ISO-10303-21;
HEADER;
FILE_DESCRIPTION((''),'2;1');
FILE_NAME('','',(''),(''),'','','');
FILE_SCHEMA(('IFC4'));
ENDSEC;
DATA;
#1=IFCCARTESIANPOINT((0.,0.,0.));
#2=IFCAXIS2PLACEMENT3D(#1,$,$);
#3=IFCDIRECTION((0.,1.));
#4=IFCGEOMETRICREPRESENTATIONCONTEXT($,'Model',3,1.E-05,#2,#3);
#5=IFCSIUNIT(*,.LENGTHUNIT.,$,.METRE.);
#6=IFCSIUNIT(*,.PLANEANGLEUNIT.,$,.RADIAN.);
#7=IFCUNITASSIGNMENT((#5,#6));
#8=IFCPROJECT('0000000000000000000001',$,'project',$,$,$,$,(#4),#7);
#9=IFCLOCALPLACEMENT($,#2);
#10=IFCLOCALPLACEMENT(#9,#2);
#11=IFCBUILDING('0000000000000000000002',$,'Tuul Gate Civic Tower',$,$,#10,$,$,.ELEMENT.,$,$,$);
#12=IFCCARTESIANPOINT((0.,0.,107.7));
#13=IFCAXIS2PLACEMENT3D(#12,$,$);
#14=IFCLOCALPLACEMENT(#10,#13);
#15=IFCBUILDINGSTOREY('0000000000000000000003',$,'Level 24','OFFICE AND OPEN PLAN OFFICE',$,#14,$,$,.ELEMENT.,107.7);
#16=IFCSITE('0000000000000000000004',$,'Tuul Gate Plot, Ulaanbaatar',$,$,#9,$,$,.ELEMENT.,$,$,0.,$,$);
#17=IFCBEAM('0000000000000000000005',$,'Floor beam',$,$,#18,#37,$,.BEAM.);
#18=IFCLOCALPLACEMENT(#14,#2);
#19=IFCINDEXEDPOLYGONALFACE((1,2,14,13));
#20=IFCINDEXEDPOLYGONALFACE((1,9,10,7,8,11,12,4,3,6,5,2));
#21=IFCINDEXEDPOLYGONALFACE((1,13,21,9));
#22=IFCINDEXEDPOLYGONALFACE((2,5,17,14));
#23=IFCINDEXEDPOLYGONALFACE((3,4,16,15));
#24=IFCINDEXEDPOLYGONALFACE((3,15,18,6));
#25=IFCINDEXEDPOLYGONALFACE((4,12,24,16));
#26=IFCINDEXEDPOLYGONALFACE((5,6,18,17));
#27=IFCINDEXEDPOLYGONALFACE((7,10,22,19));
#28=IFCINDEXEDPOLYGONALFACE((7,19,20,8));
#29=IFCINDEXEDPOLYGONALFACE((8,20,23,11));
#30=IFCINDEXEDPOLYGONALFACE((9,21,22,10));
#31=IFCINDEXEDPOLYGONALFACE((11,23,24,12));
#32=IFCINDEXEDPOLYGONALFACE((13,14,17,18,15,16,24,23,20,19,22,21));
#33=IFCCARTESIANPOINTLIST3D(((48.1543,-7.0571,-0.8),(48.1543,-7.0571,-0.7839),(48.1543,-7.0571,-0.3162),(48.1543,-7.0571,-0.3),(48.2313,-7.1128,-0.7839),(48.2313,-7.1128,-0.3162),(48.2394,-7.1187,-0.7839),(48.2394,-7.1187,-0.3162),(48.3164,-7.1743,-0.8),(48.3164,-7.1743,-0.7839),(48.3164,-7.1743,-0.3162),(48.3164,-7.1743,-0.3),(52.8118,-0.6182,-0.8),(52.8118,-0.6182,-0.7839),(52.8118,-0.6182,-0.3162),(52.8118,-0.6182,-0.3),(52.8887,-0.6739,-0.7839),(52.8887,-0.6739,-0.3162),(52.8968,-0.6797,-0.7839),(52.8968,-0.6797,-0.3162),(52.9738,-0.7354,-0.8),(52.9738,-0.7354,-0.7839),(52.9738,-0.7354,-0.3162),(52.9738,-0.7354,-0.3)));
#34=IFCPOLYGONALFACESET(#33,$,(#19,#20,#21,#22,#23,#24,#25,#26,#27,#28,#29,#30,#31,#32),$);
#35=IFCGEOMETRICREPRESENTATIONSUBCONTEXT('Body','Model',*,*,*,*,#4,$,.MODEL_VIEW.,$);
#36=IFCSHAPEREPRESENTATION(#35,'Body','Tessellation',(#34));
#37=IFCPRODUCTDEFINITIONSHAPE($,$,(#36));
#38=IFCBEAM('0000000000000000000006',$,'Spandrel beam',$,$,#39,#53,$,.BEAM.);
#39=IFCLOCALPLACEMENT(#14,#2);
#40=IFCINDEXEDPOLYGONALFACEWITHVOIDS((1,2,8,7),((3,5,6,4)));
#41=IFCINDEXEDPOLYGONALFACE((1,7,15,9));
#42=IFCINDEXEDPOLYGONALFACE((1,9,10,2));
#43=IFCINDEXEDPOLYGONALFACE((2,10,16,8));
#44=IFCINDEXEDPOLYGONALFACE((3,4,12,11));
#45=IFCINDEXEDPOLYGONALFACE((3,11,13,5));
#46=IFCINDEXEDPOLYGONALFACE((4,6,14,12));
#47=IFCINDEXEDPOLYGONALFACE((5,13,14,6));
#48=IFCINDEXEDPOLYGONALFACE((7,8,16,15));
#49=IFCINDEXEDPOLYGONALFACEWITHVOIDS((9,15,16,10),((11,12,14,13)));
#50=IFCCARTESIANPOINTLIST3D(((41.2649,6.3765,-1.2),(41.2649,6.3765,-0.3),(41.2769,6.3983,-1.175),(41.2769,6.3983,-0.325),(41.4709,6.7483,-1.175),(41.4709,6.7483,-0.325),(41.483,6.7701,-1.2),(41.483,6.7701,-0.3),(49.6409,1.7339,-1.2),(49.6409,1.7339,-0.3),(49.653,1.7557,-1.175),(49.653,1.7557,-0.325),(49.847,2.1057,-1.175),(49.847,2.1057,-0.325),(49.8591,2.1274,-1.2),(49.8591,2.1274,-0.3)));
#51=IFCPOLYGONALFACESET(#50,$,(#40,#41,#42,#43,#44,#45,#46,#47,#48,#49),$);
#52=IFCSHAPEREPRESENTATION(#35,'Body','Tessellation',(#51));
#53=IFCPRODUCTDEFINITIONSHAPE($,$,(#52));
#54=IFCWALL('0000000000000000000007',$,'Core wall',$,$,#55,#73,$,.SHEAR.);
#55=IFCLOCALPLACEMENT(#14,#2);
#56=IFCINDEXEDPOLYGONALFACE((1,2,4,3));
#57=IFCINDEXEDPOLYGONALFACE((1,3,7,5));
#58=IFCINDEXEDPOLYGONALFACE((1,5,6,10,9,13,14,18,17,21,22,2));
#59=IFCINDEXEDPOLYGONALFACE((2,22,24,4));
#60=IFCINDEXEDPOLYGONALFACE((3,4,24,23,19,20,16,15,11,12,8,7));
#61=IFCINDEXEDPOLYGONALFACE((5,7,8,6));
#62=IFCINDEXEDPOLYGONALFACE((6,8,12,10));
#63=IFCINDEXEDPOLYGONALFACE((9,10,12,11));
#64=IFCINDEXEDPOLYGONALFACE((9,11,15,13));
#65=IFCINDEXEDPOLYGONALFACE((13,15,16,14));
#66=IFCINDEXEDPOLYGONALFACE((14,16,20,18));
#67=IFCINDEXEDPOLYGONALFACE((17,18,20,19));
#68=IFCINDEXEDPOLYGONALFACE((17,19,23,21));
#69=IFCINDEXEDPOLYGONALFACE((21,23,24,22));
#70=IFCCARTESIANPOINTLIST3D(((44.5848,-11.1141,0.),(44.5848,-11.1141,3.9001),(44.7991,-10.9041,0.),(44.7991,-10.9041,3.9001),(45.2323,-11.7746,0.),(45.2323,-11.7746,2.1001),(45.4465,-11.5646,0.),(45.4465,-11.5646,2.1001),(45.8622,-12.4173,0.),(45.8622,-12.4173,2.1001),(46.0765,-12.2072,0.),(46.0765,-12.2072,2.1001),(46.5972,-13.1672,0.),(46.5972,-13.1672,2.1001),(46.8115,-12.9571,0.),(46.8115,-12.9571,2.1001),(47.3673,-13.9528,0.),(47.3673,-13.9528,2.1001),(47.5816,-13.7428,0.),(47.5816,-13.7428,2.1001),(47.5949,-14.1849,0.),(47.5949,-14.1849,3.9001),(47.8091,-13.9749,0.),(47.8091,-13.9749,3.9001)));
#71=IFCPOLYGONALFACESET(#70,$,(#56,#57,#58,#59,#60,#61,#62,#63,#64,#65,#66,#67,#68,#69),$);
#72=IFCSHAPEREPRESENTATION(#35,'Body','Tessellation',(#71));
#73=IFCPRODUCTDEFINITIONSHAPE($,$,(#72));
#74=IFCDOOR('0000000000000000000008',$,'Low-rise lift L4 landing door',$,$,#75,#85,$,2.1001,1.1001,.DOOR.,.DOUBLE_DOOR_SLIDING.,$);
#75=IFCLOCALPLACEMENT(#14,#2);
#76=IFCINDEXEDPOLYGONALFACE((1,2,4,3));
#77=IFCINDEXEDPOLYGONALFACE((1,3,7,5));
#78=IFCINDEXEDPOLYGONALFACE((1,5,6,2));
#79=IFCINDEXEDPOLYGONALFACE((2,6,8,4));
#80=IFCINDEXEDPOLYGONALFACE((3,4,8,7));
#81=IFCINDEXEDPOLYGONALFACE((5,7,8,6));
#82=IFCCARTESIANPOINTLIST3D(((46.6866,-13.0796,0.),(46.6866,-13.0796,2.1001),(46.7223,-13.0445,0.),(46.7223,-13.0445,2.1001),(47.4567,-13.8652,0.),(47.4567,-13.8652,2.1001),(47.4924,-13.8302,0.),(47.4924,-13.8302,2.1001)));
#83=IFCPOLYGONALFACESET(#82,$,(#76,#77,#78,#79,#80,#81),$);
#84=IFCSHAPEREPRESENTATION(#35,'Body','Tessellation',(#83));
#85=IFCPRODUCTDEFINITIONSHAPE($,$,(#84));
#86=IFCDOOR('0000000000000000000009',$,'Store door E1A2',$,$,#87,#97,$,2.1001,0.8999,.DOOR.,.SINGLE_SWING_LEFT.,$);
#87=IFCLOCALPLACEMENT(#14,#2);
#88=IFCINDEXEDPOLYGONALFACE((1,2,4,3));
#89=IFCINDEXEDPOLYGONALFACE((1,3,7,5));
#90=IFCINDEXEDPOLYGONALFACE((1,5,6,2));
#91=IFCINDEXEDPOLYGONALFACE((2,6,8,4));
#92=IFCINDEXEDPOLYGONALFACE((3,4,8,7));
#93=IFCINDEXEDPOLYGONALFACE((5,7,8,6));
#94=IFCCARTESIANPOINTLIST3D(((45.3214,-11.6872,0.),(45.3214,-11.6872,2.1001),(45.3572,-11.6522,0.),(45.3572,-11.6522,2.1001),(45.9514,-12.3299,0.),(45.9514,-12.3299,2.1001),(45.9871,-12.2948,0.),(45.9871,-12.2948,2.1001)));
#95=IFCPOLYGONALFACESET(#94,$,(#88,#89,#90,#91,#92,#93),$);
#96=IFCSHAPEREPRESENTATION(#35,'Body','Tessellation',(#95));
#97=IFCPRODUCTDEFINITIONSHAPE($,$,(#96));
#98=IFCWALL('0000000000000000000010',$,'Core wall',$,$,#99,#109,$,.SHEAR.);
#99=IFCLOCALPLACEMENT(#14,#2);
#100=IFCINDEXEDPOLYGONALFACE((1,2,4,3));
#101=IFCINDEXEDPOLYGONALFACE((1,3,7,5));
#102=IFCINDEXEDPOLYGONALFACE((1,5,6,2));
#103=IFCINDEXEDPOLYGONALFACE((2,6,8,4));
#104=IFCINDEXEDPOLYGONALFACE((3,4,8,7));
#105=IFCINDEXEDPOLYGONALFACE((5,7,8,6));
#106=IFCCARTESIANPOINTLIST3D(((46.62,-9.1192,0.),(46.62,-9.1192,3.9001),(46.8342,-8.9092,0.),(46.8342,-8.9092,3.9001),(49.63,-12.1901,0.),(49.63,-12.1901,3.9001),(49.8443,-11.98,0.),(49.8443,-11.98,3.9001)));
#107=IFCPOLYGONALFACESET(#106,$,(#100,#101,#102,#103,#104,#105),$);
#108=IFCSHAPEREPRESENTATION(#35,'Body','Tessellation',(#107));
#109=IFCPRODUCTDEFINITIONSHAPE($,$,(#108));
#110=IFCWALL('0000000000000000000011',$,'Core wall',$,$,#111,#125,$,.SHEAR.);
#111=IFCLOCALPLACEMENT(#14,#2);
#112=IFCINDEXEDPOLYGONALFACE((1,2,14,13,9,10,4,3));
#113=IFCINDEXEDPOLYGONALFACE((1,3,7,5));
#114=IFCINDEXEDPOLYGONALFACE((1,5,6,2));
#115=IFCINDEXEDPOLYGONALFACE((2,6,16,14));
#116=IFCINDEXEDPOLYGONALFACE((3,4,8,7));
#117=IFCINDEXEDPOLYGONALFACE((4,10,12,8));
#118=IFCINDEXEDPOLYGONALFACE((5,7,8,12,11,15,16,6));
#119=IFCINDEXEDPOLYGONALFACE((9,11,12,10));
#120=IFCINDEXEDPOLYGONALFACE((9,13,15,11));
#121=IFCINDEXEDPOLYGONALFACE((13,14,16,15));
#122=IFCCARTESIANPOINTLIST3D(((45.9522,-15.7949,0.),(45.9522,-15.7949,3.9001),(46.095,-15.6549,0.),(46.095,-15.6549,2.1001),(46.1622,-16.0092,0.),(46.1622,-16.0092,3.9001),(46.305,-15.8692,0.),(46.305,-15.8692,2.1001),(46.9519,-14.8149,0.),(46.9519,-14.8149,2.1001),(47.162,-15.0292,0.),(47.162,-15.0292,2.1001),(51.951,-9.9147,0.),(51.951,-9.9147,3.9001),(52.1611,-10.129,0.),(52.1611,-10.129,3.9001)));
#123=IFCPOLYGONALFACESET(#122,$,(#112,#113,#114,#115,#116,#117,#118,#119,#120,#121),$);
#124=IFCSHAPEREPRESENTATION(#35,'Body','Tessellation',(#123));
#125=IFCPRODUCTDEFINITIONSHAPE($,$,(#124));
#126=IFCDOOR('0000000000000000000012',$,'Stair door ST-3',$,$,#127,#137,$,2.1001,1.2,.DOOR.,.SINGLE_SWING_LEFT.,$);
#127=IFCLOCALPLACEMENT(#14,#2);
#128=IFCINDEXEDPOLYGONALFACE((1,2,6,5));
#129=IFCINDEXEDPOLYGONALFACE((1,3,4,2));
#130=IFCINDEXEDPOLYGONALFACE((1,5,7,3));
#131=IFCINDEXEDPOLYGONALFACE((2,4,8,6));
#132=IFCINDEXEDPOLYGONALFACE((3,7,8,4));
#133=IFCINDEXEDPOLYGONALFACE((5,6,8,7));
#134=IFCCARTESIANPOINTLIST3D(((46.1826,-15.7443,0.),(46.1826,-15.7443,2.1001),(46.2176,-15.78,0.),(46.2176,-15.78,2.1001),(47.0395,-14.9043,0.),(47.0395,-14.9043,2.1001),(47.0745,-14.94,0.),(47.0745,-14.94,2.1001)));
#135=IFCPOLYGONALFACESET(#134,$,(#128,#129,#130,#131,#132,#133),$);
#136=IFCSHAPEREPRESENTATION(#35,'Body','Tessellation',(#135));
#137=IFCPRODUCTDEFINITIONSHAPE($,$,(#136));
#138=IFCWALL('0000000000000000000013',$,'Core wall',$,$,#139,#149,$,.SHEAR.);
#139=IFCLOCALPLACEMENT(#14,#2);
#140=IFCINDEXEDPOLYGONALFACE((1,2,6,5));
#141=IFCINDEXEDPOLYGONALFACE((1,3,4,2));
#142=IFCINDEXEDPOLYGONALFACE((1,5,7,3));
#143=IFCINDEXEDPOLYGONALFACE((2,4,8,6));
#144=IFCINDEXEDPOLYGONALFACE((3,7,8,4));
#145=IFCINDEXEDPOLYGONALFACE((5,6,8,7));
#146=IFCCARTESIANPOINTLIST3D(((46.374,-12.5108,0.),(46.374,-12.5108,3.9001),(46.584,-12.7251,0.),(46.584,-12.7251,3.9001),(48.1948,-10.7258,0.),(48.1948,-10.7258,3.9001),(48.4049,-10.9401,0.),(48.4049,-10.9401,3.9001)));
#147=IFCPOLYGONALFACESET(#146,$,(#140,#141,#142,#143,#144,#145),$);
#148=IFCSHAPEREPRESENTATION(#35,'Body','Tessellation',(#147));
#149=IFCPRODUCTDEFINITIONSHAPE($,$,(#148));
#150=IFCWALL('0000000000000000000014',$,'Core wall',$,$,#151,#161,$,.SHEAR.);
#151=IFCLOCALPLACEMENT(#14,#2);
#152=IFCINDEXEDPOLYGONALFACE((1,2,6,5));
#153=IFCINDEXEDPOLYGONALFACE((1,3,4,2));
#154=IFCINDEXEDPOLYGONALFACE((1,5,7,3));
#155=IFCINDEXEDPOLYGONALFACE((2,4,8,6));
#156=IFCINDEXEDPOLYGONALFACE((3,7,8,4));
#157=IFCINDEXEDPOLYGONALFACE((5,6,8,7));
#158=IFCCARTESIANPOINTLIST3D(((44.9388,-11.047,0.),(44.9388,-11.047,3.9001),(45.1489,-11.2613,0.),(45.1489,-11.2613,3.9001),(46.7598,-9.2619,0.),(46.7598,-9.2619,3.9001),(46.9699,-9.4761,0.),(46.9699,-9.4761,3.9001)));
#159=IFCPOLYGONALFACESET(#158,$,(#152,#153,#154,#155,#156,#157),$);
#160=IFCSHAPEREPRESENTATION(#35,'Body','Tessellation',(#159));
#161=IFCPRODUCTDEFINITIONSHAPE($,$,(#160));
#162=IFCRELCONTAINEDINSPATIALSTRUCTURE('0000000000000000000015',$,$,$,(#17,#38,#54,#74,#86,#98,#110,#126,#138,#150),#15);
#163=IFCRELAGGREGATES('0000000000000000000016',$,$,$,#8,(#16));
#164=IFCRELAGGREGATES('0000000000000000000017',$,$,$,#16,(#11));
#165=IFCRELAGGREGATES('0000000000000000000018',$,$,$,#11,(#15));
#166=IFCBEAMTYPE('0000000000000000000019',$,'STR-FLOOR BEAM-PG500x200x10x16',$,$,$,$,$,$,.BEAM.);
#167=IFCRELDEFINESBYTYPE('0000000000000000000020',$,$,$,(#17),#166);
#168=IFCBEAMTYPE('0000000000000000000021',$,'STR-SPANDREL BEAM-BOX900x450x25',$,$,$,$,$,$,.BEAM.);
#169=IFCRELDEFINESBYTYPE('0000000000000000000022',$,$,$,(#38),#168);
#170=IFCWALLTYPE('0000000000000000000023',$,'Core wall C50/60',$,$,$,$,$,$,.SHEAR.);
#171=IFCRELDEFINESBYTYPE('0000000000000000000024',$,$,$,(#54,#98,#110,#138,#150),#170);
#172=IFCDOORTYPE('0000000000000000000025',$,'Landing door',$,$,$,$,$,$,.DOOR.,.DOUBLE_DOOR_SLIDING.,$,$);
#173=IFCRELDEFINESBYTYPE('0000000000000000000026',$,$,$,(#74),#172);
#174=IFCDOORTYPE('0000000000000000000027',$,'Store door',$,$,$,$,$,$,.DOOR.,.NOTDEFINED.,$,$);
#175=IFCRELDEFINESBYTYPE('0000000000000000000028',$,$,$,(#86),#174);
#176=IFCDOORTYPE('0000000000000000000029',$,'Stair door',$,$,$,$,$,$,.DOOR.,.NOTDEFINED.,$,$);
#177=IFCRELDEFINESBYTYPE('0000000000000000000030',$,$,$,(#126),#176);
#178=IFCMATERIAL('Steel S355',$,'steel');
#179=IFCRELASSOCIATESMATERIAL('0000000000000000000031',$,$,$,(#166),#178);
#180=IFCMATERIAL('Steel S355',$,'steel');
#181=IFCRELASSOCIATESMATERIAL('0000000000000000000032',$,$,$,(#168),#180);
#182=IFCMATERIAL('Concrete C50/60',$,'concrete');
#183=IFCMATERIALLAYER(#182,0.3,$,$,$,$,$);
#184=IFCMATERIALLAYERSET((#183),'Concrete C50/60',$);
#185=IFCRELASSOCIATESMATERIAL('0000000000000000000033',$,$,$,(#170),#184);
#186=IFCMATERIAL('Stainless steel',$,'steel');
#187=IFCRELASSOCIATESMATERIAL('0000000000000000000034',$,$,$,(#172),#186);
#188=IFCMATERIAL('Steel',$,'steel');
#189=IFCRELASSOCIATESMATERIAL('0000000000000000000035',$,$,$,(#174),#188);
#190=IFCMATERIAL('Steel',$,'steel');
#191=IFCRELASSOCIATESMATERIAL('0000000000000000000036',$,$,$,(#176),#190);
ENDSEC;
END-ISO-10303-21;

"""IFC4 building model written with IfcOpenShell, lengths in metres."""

from ifc_helpers import new_model, si_unit, direction, frame, frame_2d, origin, origin_2d, place, context, subcontext, project, spatial, rectangle, hollow_rectangle, i_section, extrude, material, layer, layer_set, material_profile, profile_set, type_object, element, fill, save


model = new_model("IFC4")

# Units and contexts
model_context = context("Model", 3, precision=1e-05, world=origin(), true_north=direction((0.0, 1.0)))
body_context = subcontext(model_context, "Body", "Model", "MODEL_VIEW")
ifc_project = project(units=[si_unit("LENGTHUNIT", "METRE"), si_unit("PLANEANGLEUNIT", "RADIAN")], contexts=[model_context])

# Site, building, storey
site_placement = place(None, origin())
site = spatial("IfcSite", under=ifc_project, at=site_placement, Name="Tuul Gate Plot, Ulaanbaatar", CompositionType="ELEMENT", RefElevation=0.0)
building_placement = place(site_placement, origin())
building = spatial("IfcBuilding", under=site, at=building_placement, Name="Tuul Gate Civic Tower", CompositionType="ELEMENT")
storey_placement = place(building_placement, frame((0.0, 0.0, 107.7)))
storey = spatial("IfcBuildingStorey", under=building, at=storey_placement, Name="Level 24", Description="OFFICE AND OPEN PLAN OFFICE", CompositionType="ELEMENT", Elevation=107.7)

# Beams
ifc_material_1 = material(Name="Steel S355", Category="steel")
ifc_material_profile_1 = material_profile(ifc_material_1, i_section(OverallWidth=0.2, OverallDepth=0.5, WebThickness=0.01, FlangeThickness=0.0161, at=origin_2d()), Name="PG500x200x10x16")
ifc_profile_set_1 = profile_set([ifc_material_profile_1], Name="Steel S355")
beam_type_1 = type_object("IfcBeamType", Name="STR-FLOOR BEAM-PG500x200x10x16", PredefinedType="BEAM", material=ifc_profile_set_1)
beam_1_placement = place(storey_placement, frame((48.2354, -7.1157, -0.55), z_axis=(0.586078, 0.810255, 0.0), x_axis=(-0.810255, 0.586078, 0.0)))
element("IfcBeam", 1, at=beam_1_placement, inside=storey, type_object=beam_type_1, Name="Floor beam", PredefinedType="BEAM", context=body_context, shape_type="SweptSolid", body=[
    extrude(i_section(OverallWidth=0.2, OverallDepth=0.5, WebThickness=0.01, FlangeThickness=0.0161, at=origin_2d()), origin(), (0.0, 0.0, 1.0), 7.9468),
])
ifc_material_2 = material(Name="Steel S355", Category="steel")
ifc_material_profile_2 = material_profile(ifc_material_2, hollow_rectangle(XDim=0.45, YDim=0.8999, WallThickness=0.0249, at=origin_2d()), Name="BOX900x450x25")
ifc_profile_set_2 = profile_set([ifc_material_profile_2], Name="Steel S355")
beam_type_2 = type_object("IfcBeamType", Name="STR-SPANDREL BEAM-BOX900x450x25", PredefinedType="BEAM", material=ifc_profile_set_2)
beam_2_placement = place(storey_placement, frame((49.75, 1.9307, -0.75), z_axis=(-0.874633, 0.484786, 0.0), x_axis=(-0.484786, -0.874633, 0.0)))
element("IfcBeam", 2, at=beam_2_placement, inside=storey, type_object=beam_type_2, Name="Spandrel beam", PredefinedType="BEAM", context=body_context, shape_type="SweptSolid", body=[
    extrude(hollow_rectangle(XDim=0.45, YDim=0.8999, WallThickness=0.0249, at=origin_2d()), origin(), (0.0, 0.0, 1.0), 9.5767),
])

# Wall, openings, doors
ifc_material_3 = material(Name="Concrete C50/60", Category="concrete")
ifc_layer_1 = layer(ifc_material_3, 0.3)
ifc_layer_set_1 = layer_set([ifc_layer_1], Name="Concrete C50/60")
wall_type_1 = type_object("IfcWallType", Name="Core wall C50/60", PredefinedType="SHEAR", material=ifc_layer_set_1)
wall_1_placement = place(storey_placement, frame((47.7019, -14.0798, 0.0), z_axis=(0.0, 0.0, 1.0), x_axis=(-0.700003, 0.71414, 0.0)))
wall_1 = element("IfcWall", 3, at=wall_1_placement, inside=storey, type_object=wall_type_1, Name="Core wall", PredefinedType="SHEAR", context=body_context, shape_type="SweptSolid", body=[
    extrude(rectangle(XDim=4.3, YDim=0.3, at=frame_2d((2.1499, 0.0))), origin(), (0.0, 0.0, 1.0), 3.9001),
])
opening_1_placement = place(wall_1_placement, frame((0.325, 0.0, 0.0)))
opening_1 = element("IfcOpeningElement", 4, at=opening_1_placement, cuts=wall_1, PredefinedType="OPENING", context=body_context, shape_type="SweptSolid", body=[
    extrude(rectangle(XDim=1.1001, YDim=2.1001, at=frame_2d((0.55, 1.05))), frame((0.0, 0.1602, 0.0), z_axis=(0.0, -1.0, 0.0), x_axis=(1.0, 0.0, 0.0)), (0.0, 0.0, 1.0), 0.3201),
])
opening_2_placement = place(wall_1_placement, frame((2.4751, 0.0, 0.0)))
opening_2 = element("IfcOpeningElement", 5, at=opening_2_placement, cuts=wall_1, PredefinedType="OPENING", context=body_context, shape_type="SweptSolid", body=[
    extrude(rectangle(XDim=0.8999, YDim=2.1001, at=frame_2d((0.45, 1.05))), frame((0.0, 0.1602, 0.0), z_axis=(0.0, -1.0, 0.0), x_axis=(1.0, 0.0, 0.0)), (0.0, 0.0, 1.0), 0.3201),
])
ifc_material_4 = material(Name="Stainless steel", Category="steel")
door_type_1 = type_object("IfcDoorType", Name="Landing door", OperationType="DOUBLE_DOOR_SLIDING", PredefinedType="DOOR", material=ifc_material_4)
door_1_placement = place(opening_1_placement, origin())
door_1 = element("IfcDoor", 6, at=door_1_placement, inside=storey, type_object=door_type_1, Name="Low-rise lift L4 landing door", OperationType="DOUBLE_DOOR_SLIDING", OverallHeight=2.1001, OverallWidth=1.1001, PredefinedType="DOOR", context=body_context, shape_type="SweptSolid", body=[
    extrude(rectangle(XDim=1.1001, YDim=2.1001, at=frame_2d((0.55, 1.05))), frame((0.0, 0.0249, 0.0), z_axis=(0.0, -1.0, 0.0), x_axis=(1.0, 0.0, 0.0)), (0.0, 0.0, 1.0), 0.05),
])
fill(opening_1, door_1)
ifc_material_5 = material(Name="Steel", Category="steel")
door_type_2 = type_object("IfcDoorType", Name="Store door", OperationType="NOTDEFINED", PredefinedType="DOOR", material=ifc_material_5)
door_2_placement = place(opening_2_placement, frame((0.8999, 0.0, 0.0), z_axis=(0.0, 0.0, 1.0), x_axis=(-1.0, 0.0, 0.0)))
door_2 = element("IfcDoor", 7, at=door_2_placement, inside=storey, type_object=door_type_2, Name="Store door E1A2", OperationType="SINGLE_SWING_LEFT", OverallHeight=2.1001, OverallWidth=0.8999, PredefinedType="DOOR", context=body_context, shape_type="SweptSolid", body=[
    extrude(rectangle(XDim=0.8999, YDim=2.1001, at=frame_2d((0.45, 1.05))), frame((0.0, 0.0249, 0.0), z_axis=(0.0, -1.0, 0.0), x_axis=(1.0, 0.0, 0.0)), (0.0, 0.0, 1.0), 0.05),
])
fill(opening_2, door_2)

# Wall
wall_2_placement = place(storey_placement, frame((49.7371, -12.085, 0.0), z_axis=(0.0, 0.0, 1.0), x_axis=(-0.700003, 0.71414, 0.0)))
element("IfcWall", 8, at=wall_2_placement, inside=storey, type_object=wall_type_1, Name="Core wall", PredefinedType="SHEAR", context=body_context, shape_type="SweptSolid", body=[
    extrude(rectangle(XDim=4.3, YDim=0.3, at=frame_2d((2.1499, 0.0))), origin(), (0.0, 0.0, 1.0), 3.9001),
])

# Wall, opening, door
wall_3_placement = place(storey_placement, frame((46.0571, -15.9021, 0.0), z_axis=(0.0, 0.0, 1.0), x_axis=(0.714134, 0.700009, 0.0)))
wall_3 = element("IfcWall", 9, at=wall_3_placement, inside=storey, type_object=wall_type_1, Name="Core wall", PredefinedType="SHEAR", context=body_context, shape_type="SweptSolid", body=[
    extrude(rectangle(XDim=8.4001, YDim=0.3, at=frame_2d((4.2002, 0.0))), origin(), (0.0, 0.0, 1.0), 3.9001),
])
opening_3_placement = place(wall_3_placement, frame((0.2, 0.0, 0.0)))
opening_3 = element("IfcOpeningElement", 10, at=opening_3_placement, cuts=wall_3, PredefinedType="OPENING", context=body_context, shape_type="SweptSolid", body=[
    extrude(rectangle(XDim=1.2, YDim=2.1001, at=frame_2d((0.6001, 1.05))), frame((0.0, 0.1602, 0.0), z_axis=(0.0, -1.0, 0.0), x_axis=(1.0, 0.0, 0.0)), (0.0, 0.0, 1.0), 0.3201),
])
ifc_material_6 = material(Name="Steel", Category="steel")
door_type_3 = type_object("IfcDoorType", Name="Stair door", OperationType="NOTDEFINED", PredefinedType="DOOR", material=ifc_material_6)
door_3_placement = place(opening_3_placement, origin())
door_3 = element("IfcDoor", 11, at=door_3_placement, inside=storey, type_object=door_type_3, Name="Stair door ST-3", OperationType="SINGLE_SWING_LEFT", OverallHeight=2.1001, OverallWidth=1.2, PredefinedType="DOOR", context=body_context, shape_type="SweptSolid", body=[
    extrude(rectangle(XDim=1.2, YDim=2.1001, at=frame_2d((0.6001, 1.05))), frame((0.0, 0.0249, 0.0), z_axis=(0.0, -1.0, 0.0), x_axis=(1.0, 0.0, 0.0)), (0.0, 0.0, 1.0), 0.05),
])
fill(opening_3, door_3)

# Walls
wall_4_placement = place(storey_placement, frame((46.479, -12.6179, 0.0), z_axis=(0.0, 0.0, 1.0), x_axis=(0.714109, 0.700034, 0.0)))
element("IfcWall", 12, at=wall_4_placement, inside=storey, type_object=wall_type_1, Name="Core wall", PredefinedType="SHEAR", context=body_context, shape_type="SweptSolid", body=[
    extrude(rectangle(XDim=2.5498, YDim=0.3, at=frame_2d((1.2749, 0.0))), origin(), (0.0, 0.0, 1.0), 3.9001),
])
wall_5_placement = place(storey_placement, frame((45.0439, -11.1541, 0.0), z_axis=(0.0, 0.0, 1.0), x_axis=(0.714108, 0.700035, 0.0)))
element("IfcWall", 13, at=wall_5_placement, inside=storey, type_object=wall_type_1, Name="Core wall", PredefinedType="SHEAR", context=body_context, shape_type="SweptSolid", body=[
    extrude(rectangle(XDim=2.55, YDim=0.3, at=frame_2d((1.2749, 0.0))), origin(), (0.0, 0.0, 1.0), 3.9001),
])

save(model, "model.ifc")
